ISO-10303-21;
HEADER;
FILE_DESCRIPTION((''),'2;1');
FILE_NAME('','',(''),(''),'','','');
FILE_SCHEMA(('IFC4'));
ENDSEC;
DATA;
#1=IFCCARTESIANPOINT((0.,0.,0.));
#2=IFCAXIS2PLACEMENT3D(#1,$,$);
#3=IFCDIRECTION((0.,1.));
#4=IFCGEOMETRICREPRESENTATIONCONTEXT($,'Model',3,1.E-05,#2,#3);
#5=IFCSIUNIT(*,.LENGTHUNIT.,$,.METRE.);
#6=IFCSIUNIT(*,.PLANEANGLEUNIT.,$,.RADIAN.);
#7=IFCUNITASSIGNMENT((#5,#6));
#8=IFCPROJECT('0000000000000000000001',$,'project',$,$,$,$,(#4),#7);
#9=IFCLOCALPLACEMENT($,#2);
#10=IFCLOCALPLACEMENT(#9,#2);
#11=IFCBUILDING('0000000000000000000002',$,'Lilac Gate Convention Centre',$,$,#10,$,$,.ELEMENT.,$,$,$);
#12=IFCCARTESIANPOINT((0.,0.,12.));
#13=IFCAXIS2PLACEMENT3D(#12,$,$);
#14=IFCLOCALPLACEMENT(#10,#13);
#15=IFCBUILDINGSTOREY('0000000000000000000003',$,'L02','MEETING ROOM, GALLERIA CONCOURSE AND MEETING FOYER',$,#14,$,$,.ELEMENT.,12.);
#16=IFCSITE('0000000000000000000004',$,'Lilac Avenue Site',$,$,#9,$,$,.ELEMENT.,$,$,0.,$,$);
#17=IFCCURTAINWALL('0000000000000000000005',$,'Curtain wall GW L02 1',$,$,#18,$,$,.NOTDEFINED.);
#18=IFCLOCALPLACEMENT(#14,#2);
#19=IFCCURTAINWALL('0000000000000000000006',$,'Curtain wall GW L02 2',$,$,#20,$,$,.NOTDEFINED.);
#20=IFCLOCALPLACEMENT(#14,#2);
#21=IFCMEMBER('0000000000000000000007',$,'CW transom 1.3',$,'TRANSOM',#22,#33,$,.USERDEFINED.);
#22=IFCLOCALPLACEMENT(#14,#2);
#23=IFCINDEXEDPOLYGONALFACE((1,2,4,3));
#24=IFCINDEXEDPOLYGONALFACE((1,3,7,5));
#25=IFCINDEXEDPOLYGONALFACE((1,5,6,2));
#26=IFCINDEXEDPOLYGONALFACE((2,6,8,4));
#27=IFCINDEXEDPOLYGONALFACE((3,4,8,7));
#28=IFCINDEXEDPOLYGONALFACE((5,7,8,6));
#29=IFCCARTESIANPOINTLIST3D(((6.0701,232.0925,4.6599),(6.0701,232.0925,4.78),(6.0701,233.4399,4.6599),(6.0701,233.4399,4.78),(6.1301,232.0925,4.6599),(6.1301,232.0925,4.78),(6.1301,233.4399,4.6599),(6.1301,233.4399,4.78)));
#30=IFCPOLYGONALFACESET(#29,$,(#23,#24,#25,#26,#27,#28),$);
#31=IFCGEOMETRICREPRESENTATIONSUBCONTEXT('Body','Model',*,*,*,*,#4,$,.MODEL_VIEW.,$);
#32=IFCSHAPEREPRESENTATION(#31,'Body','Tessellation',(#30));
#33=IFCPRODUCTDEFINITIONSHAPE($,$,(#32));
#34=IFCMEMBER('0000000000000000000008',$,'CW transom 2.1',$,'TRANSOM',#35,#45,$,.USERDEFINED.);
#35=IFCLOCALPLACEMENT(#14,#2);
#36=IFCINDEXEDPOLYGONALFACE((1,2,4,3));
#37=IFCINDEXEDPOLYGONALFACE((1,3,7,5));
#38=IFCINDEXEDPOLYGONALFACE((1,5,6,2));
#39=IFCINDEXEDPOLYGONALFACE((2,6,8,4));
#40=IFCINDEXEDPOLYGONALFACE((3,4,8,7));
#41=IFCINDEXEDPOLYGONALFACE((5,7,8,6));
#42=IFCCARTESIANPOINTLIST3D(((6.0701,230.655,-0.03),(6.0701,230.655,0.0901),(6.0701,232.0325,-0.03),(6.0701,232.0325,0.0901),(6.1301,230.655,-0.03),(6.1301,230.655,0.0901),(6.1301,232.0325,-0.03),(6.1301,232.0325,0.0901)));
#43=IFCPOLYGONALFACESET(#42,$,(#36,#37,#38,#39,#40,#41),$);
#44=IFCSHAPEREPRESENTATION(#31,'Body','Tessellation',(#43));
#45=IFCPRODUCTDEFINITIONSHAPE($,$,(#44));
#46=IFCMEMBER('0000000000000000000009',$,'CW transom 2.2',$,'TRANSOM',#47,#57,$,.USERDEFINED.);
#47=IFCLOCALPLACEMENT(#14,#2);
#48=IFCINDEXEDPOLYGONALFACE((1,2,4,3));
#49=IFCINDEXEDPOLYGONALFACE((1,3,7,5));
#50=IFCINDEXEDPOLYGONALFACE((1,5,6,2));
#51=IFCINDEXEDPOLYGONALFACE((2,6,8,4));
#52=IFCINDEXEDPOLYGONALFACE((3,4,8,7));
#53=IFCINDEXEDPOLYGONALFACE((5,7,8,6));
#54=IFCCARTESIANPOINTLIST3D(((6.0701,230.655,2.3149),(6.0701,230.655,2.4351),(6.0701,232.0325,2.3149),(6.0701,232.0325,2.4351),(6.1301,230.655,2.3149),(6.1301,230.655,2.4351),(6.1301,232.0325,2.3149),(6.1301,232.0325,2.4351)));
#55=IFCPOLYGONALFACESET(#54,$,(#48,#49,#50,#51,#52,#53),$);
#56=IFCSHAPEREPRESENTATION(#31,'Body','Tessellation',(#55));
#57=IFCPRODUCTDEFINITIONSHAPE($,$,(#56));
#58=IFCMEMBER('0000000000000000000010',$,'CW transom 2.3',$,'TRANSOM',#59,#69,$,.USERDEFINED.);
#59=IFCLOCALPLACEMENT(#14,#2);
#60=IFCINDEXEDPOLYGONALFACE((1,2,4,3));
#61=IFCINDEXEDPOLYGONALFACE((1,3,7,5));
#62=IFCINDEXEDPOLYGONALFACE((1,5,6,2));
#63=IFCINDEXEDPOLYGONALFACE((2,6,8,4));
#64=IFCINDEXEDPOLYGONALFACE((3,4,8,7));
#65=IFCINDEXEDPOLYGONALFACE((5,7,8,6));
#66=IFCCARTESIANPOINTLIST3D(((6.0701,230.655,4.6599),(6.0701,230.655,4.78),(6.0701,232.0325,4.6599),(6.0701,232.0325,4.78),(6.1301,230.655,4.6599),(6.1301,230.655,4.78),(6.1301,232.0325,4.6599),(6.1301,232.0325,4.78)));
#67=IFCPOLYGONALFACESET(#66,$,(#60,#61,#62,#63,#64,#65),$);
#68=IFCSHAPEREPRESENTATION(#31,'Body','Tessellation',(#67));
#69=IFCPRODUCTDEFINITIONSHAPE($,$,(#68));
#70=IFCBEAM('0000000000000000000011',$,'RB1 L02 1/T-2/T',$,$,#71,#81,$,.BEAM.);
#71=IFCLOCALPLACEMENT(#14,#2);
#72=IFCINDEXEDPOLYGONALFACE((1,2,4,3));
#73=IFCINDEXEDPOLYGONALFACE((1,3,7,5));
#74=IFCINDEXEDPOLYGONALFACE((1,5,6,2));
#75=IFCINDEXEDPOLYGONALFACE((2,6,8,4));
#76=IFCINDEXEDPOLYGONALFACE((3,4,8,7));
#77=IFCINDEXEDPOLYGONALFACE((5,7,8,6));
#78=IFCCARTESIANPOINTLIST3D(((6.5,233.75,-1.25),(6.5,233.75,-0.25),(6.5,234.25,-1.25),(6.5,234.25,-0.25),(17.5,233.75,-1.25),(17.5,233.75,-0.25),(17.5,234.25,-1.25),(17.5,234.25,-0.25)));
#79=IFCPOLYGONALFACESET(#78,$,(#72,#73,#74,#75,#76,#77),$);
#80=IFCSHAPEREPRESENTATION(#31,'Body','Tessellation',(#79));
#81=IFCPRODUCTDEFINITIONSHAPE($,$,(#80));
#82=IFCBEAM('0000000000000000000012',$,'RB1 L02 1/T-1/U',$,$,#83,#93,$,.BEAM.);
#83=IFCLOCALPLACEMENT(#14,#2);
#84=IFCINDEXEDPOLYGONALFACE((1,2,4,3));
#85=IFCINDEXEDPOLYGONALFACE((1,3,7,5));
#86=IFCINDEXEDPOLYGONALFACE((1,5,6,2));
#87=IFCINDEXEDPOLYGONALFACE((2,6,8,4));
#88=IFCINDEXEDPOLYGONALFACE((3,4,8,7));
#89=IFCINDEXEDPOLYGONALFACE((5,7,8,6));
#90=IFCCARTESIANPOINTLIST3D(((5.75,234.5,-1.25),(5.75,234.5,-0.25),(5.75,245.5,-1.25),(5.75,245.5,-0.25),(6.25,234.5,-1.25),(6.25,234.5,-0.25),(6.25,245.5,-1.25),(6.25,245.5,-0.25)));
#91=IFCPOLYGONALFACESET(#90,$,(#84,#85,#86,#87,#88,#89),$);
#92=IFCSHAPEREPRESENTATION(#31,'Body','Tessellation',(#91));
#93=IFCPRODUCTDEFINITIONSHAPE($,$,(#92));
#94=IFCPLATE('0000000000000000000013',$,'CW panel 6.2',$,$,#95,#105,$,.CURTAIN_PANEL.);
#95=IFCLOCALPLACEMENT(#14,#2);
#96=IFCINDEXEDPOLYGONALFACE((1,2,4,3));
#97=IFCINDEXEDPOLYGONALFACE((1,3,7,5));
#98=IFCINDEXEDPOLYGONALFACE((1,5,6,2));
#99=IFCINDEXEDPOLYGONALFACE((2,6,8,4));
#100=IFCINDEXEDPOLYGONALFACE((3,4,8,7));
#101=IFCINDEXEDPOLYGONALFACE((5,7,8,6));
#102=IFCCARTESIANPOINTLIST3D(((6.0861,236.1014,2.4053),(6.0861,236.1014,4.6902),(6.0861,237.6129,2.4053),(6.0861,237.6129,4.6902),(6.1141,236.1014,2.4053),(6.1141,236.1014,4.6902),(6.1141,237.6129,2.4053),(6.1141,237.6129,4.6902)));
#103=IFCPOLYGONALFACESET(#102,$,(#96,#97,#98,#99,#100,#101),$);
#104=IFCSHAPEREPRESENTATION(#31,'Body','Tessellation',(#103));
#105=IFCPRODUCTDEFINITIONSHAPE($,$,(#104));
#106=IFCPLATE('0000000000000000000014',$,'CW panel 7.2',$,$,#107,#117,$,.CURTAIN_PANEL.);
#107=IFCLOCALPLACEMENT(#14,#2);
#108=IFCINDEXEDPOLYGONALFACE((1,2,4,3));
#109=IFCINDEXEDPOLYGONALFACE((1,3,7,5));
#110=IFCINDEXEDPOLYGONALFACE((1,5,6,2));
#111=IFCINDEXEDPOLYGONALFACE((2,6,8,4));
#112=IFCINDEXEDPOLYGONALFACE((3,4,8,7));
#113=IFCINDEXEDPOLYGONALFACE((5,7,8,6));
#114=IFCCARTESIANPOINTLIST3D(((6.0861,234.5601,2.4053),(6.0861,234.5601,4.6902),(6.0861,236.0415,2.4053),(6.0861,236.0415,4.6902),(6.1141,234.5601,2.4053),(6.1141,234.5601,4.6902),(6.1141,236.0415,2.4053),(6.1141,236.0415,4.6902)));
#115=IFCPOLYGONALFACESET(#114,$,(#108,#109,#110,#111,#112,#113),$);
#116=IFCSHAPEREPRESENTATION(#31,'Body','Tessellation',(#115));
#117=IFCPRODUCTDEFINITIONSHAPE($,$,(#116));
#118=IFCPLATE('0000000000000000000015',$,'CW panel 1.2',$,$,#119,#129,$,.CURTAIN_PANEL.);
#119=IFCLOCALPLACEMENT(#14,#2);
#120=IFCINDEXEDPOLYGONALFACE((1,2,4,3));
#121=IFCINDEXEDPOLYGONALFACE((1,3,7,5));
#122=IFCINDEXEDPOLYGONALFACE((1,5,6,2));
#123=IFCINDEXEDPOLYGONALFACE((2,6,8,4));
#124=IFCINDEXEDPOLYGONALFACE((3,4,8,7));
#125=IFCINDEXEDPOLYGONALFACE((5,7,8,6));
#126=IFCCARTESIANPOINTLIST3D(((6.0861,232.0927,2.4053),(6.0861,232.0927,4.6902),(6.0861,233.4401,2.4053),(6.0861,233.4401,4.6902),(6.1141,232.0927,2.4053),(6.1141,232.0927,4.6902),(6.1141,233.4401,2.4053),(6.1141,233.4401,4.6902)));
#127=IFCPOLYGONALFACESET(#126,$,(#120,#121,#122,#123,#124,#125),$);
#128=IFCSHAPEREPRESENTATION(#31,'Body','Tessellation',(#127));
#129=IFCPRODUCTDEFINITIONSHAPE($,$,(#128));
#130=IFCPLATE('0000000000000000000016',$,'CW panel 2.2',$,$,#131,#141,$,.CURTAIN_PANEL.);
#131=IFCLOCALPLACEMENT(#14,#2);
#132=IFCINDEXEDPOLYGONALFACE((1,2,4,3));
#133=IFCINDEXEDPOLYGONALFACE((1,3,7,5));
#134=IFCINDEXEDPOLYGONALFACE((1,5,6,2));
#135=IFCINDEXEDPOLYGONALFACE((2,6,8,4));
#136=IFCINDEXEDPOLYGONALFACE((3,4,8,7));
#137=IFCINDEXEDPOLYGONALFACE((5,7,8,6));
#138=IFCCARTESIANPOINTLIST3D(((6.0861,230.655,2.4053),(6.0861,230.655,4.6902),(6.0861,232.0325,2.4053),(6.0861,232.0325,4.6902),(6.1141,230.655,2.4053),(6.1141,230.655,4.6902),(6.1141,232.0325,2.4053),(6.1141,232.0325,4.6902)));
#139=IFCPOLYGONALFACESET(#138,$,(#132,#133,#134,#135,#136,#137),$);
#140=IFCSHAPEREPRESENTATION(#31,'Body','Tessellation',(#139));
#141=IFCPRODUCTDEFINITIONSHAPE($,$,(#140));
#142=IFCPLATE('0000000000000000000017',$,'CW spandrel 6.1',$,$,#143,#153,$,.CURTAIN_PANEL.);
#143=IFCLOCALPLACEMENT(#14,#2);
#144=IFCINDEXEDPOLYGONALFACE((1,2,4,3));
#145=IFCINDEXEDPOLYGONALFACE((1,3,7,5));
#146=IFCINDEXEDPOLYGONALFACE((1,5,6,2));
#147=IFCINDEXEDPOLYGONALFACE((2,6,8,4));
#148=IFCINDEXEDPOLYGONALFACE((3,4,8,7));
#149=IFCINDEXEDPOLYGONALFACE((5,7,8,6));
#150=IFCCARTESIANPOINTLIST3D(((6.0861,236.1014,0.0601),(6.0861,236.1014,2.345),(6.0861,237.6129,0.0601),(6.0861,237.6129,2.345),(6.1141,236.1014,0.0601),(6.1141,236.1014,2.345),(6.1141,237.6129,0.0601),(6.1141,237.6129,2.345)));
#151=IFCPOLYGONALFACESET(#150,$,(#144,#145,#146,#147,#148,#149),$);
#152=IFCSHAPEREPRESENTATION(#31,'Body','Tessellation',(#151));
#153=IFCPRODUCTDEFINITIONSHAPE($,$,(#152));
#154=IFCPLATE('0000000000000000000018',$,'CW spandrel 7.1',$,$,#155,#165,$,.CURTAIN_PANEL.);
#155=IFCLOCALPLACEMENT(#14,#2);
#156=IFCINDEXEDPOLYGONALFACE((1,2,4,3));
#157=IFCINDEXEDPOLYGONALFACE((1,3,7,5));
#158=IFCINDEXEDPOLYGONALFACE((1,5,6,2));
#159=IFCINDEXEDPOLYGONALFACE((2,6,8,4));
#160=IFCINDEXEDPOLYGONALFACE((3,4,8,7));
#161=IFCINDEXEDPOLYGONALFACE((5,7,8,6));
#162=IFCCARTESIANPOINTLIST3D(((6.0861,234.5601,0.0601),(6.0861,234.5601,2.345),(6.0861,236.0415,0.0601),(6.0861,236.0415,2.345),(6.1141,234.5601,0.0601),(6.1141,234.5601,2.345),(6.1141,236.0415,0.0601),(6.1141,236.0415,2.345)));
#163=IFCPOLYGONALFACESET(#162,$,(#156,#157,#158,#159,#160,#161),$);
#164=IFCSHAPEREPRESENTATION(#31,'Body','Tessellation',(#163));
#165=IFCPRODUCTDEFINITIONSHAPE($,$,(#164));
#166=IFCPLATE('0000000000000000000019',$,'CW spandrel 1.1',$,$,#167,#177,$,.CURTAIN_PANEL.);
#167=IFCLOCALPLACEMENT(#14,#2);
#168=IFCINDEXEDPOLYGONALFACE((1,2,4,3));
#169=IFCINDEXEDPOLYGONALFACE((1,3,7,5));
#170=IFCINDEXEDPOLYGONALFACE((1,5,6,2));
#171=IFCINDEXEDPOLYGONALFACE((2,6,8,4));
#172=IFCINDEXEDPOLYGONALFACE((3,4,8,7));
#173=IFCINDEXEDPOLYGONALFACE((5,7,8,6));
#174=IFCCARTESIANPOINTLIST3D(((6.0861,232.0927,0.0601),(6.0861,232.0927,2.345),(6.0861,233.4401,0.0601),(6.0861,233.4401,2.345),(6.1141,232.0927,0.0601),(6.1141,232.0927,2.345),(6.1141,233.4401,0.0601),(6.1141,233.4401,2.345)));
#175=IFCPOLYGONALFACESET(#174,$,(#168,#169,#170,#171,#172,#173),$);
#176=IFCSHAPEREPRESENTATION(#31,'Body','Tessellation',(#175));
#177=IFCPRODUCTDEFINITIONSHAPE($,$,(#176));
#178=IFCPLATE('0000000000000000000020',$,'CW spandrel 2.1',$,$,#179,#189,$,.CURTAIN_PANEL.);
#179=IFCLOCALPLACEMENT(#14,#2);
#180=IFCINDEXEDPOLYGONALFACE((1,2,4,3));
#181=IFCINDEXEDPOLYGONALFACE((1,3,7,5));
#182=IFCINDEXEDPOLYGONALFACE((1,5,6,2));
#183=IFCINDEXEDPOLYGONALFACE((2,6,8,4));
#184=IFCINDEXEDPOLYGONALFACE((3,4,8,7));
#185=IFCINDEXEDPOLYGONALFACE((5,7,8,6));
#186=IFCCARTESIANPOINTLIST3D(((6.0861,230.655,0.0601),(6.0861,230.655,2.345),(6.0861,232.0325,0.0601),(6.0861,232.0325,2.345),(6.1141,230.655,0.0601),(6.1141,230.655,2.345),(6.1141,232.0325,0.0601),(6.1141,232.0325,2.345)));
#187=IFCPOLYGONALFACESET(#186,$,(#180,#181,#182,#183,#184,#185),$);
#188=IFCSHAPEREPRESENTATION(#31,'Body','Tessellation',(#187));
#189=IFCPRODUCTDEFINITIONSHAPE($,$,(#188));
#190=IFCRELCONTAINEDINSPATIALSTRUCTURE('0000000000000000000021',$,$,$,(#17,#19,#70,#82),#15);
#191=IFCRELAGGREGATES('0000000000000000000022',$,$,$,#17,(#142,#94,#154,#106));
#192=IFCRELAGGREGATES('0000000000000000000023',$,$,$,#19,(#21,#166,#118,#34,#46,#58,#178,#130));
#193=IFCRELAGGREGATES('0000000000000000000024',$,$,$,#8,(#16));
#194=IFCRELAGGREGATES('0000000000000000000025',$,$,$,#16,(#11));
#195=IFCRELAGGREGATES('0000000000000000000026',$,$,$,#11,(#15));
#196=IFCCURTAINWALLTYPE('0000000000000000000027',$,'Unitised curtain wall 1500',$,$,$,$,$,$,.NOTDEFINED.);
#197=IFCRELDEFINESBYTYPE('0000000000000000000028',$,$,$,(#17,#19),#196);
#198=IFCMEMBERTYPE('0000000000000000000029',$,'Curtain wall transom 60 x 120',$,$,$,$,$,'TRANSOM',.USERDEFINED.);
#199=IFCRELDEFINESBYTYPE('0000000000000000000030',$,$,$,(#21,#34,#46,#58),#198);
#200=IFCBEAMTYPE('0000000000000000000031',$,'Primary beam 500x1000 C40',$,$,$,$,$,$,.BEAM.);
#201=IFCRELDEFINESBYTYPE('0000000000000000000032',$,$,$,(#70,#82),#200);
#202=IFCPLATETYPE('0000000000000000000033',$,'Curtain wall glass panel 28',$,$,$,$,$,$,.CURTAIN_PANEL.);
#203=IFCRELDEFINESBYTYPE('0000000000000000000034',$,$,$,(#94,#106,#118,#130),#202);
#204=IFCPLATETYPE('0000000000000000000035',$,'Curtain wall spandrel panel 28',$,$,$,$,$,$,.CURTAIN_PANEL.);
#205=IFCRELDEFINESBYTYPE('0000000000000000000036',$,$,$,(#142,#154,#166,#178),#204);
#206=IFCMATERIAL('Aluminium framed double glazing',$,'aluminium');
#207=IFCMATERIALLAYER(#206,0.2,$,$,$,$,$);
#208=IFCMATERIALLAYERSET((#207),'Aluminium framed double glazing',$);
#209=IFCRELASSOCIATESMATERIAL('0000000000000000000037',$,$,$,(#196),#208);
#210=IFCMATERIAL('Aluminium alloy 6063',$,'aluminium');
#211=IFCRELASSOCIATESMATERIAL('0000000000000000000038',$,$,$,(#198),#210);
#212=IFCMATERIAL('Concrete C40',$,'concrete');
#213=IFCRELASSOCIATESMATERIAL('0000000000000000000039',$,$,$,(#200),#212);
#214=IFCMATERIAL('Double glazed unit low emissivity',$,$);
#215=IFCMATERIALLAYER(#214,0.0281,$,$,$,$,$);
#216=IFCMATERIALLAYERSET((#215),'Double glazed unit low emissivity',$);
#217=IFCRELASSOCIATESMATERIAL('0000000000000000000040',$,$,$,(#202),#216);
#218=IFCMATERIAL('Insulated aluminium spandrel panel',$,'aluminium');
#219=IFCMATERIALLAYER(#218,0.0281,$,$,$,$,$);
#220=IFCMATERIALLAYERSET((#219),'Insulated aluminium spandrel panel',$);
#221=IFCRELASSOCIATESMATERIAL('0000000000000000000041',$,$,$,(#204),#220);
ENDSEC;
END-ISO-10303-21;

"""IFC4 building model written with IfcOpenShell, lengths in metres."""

from ifc_helpers import new_model, si_unit, direction, frame, origin, origin_2d, place, context, subcontext, project, spatial, rectangle, extrude, material, layer, layer_set, material_profile, profile_set, type_object, element, aggregate, save


model = new_model("IFC4")

# Units and contexts
model_context = context("Model", 3, precision=1e-05, world=origin(), true_north=direction((0.0, 1.0)))
body_context = subcontext(model_context, "Body", "Model", "MODEL_VIEW")
ifc_project = project(units=[si_unit("LENGTHUNIT", "METRE"), si_unit("PLANEANGLEUNIT", "RADIAN")], contexts=[model_context])

# Site, building, storey
site_placement = place(None, origin())
site = spatial("IfcSite", under=ifc_project, at=site_placement, Name="Lilac Avenue Site", CompositionType="ELEMENT", RefElevation=0.0)
building_placement = place(site_placement, origin())
building = spatial("IfcBuilding", under=site, at=building_placement, Name="Lilac Gate Convention Centre", CompositionType="ELEMENT")
storey_placement = place(building_placement, frame((0.0, 0.0, 12.0)))
storey = spatial("IfcBuildingStorey", under=building, at=storey_placement, Name="L02", Description="MEETING ROOM, GALLERIA CONCOURSE AND MEETING FOYER", CompositionType="ELEMENT", Elevation=12.0)

# Shared definitions
ifc_material_1 = material(Name="Concrete C40", Category="concrete")

# Curtain walls
ifc_material_2 = material(Name="Aluminium framed double glazing", Category="aluminium")
ifc_layer_1 = layer(ifc_material_2, 0.2)
ifc_layer_set_1 = layer_set([ifc_layer_1], Name="Aluminium framed double glazing")
curtain_wall_type = type_object("IfcCurtainWallType", Name="Unitised curtain wall 1500", PredefinedType="NOTDEFINED", material=ifc_layer_set_1)
curtain_wall_1_placement = place(storey_placement, origin())
curtain_wall_1 = element("IfcCurtainWall", 1, at=curtain_wall_1_placement, inside=storey, type_object=curtain_wall_type, Name="Curtain wall GW L02 1", PredefinedType="NOTDEFINED")
ifc_material_3 = material(Name="Aluminium alloy 6063", Category="aluminium")
curtain_wall_2_placement = place(storey_placement, origin())
curtain_wall_2 = element("IfcCurtainWall", 2, at=curtain_wall_2_placement, inside=storey, type_object=curtain_wall_type, Name="Curtain wall GW L02 2", PredefinedType="NOTDEFINED")

# Members
ifc_material_profile_1 = material_profile(ifc_material_3, rectangle(XDim=0.0601, YDim=0.1201, at=origin_2d()), Name="Curtain wall transom 60 x 120")
ifc_profile_set_1 = profile_set([ifc_material_profile_1], Name="Aluminium alloy 6063")
member_type_1 = type_object("IfcMemberType", Name="Curtain wall transom 60 x 120", ElementType="TRANSOM", PredefinedType="USERDEFINED", material=ifc_profile_set_1)
member_1_placement = place(storey_placement, frame((6.1001, 233.4399, 4.72), z_axis=(0.0, -1.0, 0.0), x_axis=(1.0, 0.0, 0.0)))
member_1 = element("IfcMember", 3, at=member_1_placement, type_object=member_type_1, Name="CW transom 1.3", ObjectType="TRANSOM", PredefinedType="USERDEFINED", context=body_context, shape_type="SweptSolid", body=[
    extrude(rectangle(XDim=0.0601, YDim=0.1201, at=origin_2d()), origin(), (0.0, 0.0, 1.0), 1.3474),
])
member_2_placement = place(storey_placement, frame((6.1001, 232.0325, 0.03), z_axis=(0.0, -1.0, 0.0), x_axis=(1.0, 0.0, 0.0)))
member_2 = element("IfcMember", 4, at=member_2_placement, type_object=member_type_1, Name="CW transom 2.1", ObjectType="TRANSOM", PredefinedType="USERDEFINED", context=body_context, shape_type="SweptSolid", body=[
    extrude(rectangle(XDim=0.0601, YDim=0.1201, at=origin_2d()), origin(), (0.0, 0.0, 1.0), 1.3774),
])
member_3_placement = place(storey_placement, frame((6.1001, 232.0325, 2.375), z_axis=(0.0, -1.0, 0.0), x_axis=(1.0, 0.0, 0.0)))
member_3 = element("IfcMember", 5, at=member_3_placement, type_object=member_type_1, Name="CW transom 2.2", ObjectType="TRANSOM", PredefinedType="USERDEFINED", context=body_context, shape_type="SweptSolid", body=[
    extrude(rectangle(XDim=0.0601, YDim=0.1201, at=origin_2d()), origin(), (0.0, 0.0, 1.0), 1.3774),
])
member_4_placement = place(storey_placement, frame((6.1001, 232.0325, 4.72), z_axis=(0.0, -1.0, 0.0), x_axis=(1.0, 0.0, 0.0)))
member_4 = element("IfcMember", 6, at=member_4_placement, type_object=member_type_1, Name="CW transom 2.3", ObjectType="TRANSOM", PredefinedType="USERDEFINED", context=body_context, shape_type="SweptSolid", body=[
    extrude(rectangle(XDim=0.0601, YDim=0.1201, at=origin_2d()), origin(), (0.0, 0.0, 1.0), 1.3774),
])

# Beams
ifc_material_profile_2 = material_profile(ifc_material_1, rectangle(XDim=0.5, YDim=1.0, at=origin_2d()), Name="RC 500x1000")
ifc_profile_set_2 = profile_set([ifc_material_profile_2], Name="Concrete C40")
beam_type = type_object("IfcBeamType", Name="Primary beam 500x1000 C40", PredefinedType="BEAM", material=ifc_profile_set_2)
for number, where, z_axis, x_axis, name in (
    (7, (6.5, 234.0, -0.75), (1.0, 0.0, 0.0), (0.0, 1.0, 0.0), "RB1 L02 1/T-2/T"),
    (8, (6.0, 234.5, -0.75), (0.0, 1.0, 0.0), (-1.0, 0.0, 0.0), "RB1 L02 1/T-1/U"),
):
    element("IfcBeam", number, at=place(storey_placement, frame(where, z_axis=z_axis, x_axis=x_axis)), inside=storey, type_object=beam_type, Name=name, PredefinedType="BEAM", context=body_context, shape_type="SweptSolid", body=[
        extrude(rectangle(XDim=0.5, YDim=1.0, at=origin_2d()), origin(), (0.0, 0.0, 1.0), 11.0),
    ])

# Plates
ifc_material_4 = material(Name="Double glazed unit low emissivity")
ifc_layer_2 = layer(ifc_material_4, 0.0281)
ifc_layer_set_2 = layer_set([ifc_layer_2], Name="Double glazed unit low emissivity")
plate_type_1 = type_object("IfcPlateType", Name="Curtain wall glass panel 28", PredefinedType="CURTAIN_PANEL", material=ifc_layer_set_2)
plate_1_placement = place(storey_placement, frame((6.1001, 236.8572, 2.4053), z_axis=(0.0, 0.0, 1.0), x_axis=(0.0, -1.0, 0.0)))
plate_1 = element("IfcPlate", 9, at=plate_1_placement, type_object=plate_type_1, Name="CW panel 6.2", PredefinedType="CURTAIN_PANEL", context=body_context, shape_type="SweptSolid", body=[
    extrude(rectangle(XDim=1.5115, YDim=0.0281, at=origin_2d()), origin(), (0.0, 0.0, 1.0), 2.2849),
])
plate_2_placement = place(storey_placement, frame((6.1001, 235.3008, 2.4053), z_axis=(0.0, 0.0, 1.0), x_axis=(0.0, -1.0, 0.0)))
plate_2 = element("IfcPlate", 10, at=plate_2_placement, type_object=plate_type_1, Name="CW panel 7.2", PredefinedType="CURTAIN_PANEL", context=body_context, shape_type="SweptSolid", body=[
    extrude(rectangle(XDim=1.4814, YDim=0.0281, at=origin_2d()), origin(), (0.0, 0.0, 1.0), 2.2849),
])
plate_3_placement = place(storey_placement, frame((6.1001, 232.7664, 2.4053), z_axis=(0.0, 0.0, 1.0), x_axis=(0.0, -1.0, 0.0)))
plate_3 = element("IfcPlate", 11, at=plate_3_placement, type_object=plate_type_1, Name="CW panel 1.2", PredefinedType="CURTAIN_PANEL", context=body_context, shape_type="SweptSolid", body=[
    extrude(rectangle(XDim=1.3474, YDim=0.0281, at=origin_2d()), origin(), (0.0, 0.0, 1.0), 2.2849),
])
plate_4_placement = place(storey_placement, frame((6.1001, 231.3438, 2.4053), z_axis=(0.0, 0.0, 1.0), x_axis=(0.0, -1.0, 0.0)))
plate_4 = element("IfcPlate", 12, at=plate_4_placement, type_object=plate_type_1, Name="CW panel 2.2", PredefinedType="CURTAIN_PANEL", context=body_context, shape_type="SweptSolid", body=[
    extrude(rectangle(XDim=1.3774, YDim=0.0281, at=origin_2d()), origin(), (0.0, 0.0, 1.0), 2.2849),
])
ifc_material_5 = material(Name="Insulated aluminium spandrel panel", Category="aluminium")
ifc_layer_3 = layer(ifc_material_5, 0.0281)
ifc_layer_set_3 = layer_set([ifc_layer_3], Name="Insulated aluminium spandrel panel")
plate_type_2 = type_object("IfcPlateType", Name="Curtain wall spandrel panel 28", PredefinedType="CURTAIN_PANEL", material=ifc_layer_set_3)
plate_5_placement = place(storey_placement, frame((6.1001, 236.8572, 0.0601), z_axis=(0.0, 0.0, 1.0), x_axis=(0.0, -1.0, 0.0)))
plate_5 = element("IfcPlate", 13, at=plate_5_placement, type_object=plate_type_2, Name="CW spandrel 6.1", PredefinedType="CURTAIN_PANEL", context=body_context, shape_type="SweptSolid", body=[
    extrude(rectangle(XDim=1.5115, YDim=0.0281, at=origin_2d()), origin(), (0.0, 0.0, 1.0), 2.2849),
])
plate_6_placement = place(storey_placement, frame((6.1001, 235.3008, 0.0601), z_axis=(0.0, 0.0, 1.0), x_axis=(0.0, -1.0, 0.0)))
plate_6 = element("IfcPlate", 14, at=plate_6_placement, type_object=plate_type_2, Name="CW spandrel 7.1", PredefinedType="CURTAIN_PANEL", context=body_context, shape_type="SweptSolid", body=[
    extrude(rectangle(XDim=1.4814, YDim=0.0281, at=origin_2d()), origin(), (0.0, 0.0, 1.0), 2.2849),
])
aggregate(curtain_wall_1, [plate_5, plate_1, plate_6, plate_2])
plate_7_placement = place(storey_placement, frame((6.1001, 232.7664, 0.0601), z_axis=(0.0, 0.0, 1.0), x_axis=(0.0, -1.0, 0.0)))
plate_7 = element("IfcPlate", 15, at=plate_7_placement, type_object=plate_type_2, Name="CW spandrel 1.1", PredefinedType="CURTAIN_PANEL", context=body_context, shape_type="SweptSolid", body=[
    extrude(rectangle(XDim=1.3474, YDim=0.0281, at=origin_2d()), origin(), (0.0, 0.0, 1.0), 2.2849),
])
plate_8_placement = place(storey_placement, frame((6.1001, 231.3438, 0.0601), z_axis=(0.0, 0.0, 1.0), x_axis=(0.0, -1.0, 0.0)))
plate_8 = element("IfcPlate", 16, at=plate_8_placement, type_object=plate_type_2, Name="CW spandrel 2.1", PredefinedType="CURTAIN_PANEL", context=body_context, shape_type="SweptSolid", body=[
    extrude(rectangle(XDim=1.3774, YDim=0.0281, at=origin_2d()), origin(), (0.0, 0.0, 1.0), 2.2849),
])
aggregate(curtain_wall_2, [member_1, plate_7, plate_3, member_2, member_3, member_4, plate_8, plate_4])

save(model, "model.ifc")
